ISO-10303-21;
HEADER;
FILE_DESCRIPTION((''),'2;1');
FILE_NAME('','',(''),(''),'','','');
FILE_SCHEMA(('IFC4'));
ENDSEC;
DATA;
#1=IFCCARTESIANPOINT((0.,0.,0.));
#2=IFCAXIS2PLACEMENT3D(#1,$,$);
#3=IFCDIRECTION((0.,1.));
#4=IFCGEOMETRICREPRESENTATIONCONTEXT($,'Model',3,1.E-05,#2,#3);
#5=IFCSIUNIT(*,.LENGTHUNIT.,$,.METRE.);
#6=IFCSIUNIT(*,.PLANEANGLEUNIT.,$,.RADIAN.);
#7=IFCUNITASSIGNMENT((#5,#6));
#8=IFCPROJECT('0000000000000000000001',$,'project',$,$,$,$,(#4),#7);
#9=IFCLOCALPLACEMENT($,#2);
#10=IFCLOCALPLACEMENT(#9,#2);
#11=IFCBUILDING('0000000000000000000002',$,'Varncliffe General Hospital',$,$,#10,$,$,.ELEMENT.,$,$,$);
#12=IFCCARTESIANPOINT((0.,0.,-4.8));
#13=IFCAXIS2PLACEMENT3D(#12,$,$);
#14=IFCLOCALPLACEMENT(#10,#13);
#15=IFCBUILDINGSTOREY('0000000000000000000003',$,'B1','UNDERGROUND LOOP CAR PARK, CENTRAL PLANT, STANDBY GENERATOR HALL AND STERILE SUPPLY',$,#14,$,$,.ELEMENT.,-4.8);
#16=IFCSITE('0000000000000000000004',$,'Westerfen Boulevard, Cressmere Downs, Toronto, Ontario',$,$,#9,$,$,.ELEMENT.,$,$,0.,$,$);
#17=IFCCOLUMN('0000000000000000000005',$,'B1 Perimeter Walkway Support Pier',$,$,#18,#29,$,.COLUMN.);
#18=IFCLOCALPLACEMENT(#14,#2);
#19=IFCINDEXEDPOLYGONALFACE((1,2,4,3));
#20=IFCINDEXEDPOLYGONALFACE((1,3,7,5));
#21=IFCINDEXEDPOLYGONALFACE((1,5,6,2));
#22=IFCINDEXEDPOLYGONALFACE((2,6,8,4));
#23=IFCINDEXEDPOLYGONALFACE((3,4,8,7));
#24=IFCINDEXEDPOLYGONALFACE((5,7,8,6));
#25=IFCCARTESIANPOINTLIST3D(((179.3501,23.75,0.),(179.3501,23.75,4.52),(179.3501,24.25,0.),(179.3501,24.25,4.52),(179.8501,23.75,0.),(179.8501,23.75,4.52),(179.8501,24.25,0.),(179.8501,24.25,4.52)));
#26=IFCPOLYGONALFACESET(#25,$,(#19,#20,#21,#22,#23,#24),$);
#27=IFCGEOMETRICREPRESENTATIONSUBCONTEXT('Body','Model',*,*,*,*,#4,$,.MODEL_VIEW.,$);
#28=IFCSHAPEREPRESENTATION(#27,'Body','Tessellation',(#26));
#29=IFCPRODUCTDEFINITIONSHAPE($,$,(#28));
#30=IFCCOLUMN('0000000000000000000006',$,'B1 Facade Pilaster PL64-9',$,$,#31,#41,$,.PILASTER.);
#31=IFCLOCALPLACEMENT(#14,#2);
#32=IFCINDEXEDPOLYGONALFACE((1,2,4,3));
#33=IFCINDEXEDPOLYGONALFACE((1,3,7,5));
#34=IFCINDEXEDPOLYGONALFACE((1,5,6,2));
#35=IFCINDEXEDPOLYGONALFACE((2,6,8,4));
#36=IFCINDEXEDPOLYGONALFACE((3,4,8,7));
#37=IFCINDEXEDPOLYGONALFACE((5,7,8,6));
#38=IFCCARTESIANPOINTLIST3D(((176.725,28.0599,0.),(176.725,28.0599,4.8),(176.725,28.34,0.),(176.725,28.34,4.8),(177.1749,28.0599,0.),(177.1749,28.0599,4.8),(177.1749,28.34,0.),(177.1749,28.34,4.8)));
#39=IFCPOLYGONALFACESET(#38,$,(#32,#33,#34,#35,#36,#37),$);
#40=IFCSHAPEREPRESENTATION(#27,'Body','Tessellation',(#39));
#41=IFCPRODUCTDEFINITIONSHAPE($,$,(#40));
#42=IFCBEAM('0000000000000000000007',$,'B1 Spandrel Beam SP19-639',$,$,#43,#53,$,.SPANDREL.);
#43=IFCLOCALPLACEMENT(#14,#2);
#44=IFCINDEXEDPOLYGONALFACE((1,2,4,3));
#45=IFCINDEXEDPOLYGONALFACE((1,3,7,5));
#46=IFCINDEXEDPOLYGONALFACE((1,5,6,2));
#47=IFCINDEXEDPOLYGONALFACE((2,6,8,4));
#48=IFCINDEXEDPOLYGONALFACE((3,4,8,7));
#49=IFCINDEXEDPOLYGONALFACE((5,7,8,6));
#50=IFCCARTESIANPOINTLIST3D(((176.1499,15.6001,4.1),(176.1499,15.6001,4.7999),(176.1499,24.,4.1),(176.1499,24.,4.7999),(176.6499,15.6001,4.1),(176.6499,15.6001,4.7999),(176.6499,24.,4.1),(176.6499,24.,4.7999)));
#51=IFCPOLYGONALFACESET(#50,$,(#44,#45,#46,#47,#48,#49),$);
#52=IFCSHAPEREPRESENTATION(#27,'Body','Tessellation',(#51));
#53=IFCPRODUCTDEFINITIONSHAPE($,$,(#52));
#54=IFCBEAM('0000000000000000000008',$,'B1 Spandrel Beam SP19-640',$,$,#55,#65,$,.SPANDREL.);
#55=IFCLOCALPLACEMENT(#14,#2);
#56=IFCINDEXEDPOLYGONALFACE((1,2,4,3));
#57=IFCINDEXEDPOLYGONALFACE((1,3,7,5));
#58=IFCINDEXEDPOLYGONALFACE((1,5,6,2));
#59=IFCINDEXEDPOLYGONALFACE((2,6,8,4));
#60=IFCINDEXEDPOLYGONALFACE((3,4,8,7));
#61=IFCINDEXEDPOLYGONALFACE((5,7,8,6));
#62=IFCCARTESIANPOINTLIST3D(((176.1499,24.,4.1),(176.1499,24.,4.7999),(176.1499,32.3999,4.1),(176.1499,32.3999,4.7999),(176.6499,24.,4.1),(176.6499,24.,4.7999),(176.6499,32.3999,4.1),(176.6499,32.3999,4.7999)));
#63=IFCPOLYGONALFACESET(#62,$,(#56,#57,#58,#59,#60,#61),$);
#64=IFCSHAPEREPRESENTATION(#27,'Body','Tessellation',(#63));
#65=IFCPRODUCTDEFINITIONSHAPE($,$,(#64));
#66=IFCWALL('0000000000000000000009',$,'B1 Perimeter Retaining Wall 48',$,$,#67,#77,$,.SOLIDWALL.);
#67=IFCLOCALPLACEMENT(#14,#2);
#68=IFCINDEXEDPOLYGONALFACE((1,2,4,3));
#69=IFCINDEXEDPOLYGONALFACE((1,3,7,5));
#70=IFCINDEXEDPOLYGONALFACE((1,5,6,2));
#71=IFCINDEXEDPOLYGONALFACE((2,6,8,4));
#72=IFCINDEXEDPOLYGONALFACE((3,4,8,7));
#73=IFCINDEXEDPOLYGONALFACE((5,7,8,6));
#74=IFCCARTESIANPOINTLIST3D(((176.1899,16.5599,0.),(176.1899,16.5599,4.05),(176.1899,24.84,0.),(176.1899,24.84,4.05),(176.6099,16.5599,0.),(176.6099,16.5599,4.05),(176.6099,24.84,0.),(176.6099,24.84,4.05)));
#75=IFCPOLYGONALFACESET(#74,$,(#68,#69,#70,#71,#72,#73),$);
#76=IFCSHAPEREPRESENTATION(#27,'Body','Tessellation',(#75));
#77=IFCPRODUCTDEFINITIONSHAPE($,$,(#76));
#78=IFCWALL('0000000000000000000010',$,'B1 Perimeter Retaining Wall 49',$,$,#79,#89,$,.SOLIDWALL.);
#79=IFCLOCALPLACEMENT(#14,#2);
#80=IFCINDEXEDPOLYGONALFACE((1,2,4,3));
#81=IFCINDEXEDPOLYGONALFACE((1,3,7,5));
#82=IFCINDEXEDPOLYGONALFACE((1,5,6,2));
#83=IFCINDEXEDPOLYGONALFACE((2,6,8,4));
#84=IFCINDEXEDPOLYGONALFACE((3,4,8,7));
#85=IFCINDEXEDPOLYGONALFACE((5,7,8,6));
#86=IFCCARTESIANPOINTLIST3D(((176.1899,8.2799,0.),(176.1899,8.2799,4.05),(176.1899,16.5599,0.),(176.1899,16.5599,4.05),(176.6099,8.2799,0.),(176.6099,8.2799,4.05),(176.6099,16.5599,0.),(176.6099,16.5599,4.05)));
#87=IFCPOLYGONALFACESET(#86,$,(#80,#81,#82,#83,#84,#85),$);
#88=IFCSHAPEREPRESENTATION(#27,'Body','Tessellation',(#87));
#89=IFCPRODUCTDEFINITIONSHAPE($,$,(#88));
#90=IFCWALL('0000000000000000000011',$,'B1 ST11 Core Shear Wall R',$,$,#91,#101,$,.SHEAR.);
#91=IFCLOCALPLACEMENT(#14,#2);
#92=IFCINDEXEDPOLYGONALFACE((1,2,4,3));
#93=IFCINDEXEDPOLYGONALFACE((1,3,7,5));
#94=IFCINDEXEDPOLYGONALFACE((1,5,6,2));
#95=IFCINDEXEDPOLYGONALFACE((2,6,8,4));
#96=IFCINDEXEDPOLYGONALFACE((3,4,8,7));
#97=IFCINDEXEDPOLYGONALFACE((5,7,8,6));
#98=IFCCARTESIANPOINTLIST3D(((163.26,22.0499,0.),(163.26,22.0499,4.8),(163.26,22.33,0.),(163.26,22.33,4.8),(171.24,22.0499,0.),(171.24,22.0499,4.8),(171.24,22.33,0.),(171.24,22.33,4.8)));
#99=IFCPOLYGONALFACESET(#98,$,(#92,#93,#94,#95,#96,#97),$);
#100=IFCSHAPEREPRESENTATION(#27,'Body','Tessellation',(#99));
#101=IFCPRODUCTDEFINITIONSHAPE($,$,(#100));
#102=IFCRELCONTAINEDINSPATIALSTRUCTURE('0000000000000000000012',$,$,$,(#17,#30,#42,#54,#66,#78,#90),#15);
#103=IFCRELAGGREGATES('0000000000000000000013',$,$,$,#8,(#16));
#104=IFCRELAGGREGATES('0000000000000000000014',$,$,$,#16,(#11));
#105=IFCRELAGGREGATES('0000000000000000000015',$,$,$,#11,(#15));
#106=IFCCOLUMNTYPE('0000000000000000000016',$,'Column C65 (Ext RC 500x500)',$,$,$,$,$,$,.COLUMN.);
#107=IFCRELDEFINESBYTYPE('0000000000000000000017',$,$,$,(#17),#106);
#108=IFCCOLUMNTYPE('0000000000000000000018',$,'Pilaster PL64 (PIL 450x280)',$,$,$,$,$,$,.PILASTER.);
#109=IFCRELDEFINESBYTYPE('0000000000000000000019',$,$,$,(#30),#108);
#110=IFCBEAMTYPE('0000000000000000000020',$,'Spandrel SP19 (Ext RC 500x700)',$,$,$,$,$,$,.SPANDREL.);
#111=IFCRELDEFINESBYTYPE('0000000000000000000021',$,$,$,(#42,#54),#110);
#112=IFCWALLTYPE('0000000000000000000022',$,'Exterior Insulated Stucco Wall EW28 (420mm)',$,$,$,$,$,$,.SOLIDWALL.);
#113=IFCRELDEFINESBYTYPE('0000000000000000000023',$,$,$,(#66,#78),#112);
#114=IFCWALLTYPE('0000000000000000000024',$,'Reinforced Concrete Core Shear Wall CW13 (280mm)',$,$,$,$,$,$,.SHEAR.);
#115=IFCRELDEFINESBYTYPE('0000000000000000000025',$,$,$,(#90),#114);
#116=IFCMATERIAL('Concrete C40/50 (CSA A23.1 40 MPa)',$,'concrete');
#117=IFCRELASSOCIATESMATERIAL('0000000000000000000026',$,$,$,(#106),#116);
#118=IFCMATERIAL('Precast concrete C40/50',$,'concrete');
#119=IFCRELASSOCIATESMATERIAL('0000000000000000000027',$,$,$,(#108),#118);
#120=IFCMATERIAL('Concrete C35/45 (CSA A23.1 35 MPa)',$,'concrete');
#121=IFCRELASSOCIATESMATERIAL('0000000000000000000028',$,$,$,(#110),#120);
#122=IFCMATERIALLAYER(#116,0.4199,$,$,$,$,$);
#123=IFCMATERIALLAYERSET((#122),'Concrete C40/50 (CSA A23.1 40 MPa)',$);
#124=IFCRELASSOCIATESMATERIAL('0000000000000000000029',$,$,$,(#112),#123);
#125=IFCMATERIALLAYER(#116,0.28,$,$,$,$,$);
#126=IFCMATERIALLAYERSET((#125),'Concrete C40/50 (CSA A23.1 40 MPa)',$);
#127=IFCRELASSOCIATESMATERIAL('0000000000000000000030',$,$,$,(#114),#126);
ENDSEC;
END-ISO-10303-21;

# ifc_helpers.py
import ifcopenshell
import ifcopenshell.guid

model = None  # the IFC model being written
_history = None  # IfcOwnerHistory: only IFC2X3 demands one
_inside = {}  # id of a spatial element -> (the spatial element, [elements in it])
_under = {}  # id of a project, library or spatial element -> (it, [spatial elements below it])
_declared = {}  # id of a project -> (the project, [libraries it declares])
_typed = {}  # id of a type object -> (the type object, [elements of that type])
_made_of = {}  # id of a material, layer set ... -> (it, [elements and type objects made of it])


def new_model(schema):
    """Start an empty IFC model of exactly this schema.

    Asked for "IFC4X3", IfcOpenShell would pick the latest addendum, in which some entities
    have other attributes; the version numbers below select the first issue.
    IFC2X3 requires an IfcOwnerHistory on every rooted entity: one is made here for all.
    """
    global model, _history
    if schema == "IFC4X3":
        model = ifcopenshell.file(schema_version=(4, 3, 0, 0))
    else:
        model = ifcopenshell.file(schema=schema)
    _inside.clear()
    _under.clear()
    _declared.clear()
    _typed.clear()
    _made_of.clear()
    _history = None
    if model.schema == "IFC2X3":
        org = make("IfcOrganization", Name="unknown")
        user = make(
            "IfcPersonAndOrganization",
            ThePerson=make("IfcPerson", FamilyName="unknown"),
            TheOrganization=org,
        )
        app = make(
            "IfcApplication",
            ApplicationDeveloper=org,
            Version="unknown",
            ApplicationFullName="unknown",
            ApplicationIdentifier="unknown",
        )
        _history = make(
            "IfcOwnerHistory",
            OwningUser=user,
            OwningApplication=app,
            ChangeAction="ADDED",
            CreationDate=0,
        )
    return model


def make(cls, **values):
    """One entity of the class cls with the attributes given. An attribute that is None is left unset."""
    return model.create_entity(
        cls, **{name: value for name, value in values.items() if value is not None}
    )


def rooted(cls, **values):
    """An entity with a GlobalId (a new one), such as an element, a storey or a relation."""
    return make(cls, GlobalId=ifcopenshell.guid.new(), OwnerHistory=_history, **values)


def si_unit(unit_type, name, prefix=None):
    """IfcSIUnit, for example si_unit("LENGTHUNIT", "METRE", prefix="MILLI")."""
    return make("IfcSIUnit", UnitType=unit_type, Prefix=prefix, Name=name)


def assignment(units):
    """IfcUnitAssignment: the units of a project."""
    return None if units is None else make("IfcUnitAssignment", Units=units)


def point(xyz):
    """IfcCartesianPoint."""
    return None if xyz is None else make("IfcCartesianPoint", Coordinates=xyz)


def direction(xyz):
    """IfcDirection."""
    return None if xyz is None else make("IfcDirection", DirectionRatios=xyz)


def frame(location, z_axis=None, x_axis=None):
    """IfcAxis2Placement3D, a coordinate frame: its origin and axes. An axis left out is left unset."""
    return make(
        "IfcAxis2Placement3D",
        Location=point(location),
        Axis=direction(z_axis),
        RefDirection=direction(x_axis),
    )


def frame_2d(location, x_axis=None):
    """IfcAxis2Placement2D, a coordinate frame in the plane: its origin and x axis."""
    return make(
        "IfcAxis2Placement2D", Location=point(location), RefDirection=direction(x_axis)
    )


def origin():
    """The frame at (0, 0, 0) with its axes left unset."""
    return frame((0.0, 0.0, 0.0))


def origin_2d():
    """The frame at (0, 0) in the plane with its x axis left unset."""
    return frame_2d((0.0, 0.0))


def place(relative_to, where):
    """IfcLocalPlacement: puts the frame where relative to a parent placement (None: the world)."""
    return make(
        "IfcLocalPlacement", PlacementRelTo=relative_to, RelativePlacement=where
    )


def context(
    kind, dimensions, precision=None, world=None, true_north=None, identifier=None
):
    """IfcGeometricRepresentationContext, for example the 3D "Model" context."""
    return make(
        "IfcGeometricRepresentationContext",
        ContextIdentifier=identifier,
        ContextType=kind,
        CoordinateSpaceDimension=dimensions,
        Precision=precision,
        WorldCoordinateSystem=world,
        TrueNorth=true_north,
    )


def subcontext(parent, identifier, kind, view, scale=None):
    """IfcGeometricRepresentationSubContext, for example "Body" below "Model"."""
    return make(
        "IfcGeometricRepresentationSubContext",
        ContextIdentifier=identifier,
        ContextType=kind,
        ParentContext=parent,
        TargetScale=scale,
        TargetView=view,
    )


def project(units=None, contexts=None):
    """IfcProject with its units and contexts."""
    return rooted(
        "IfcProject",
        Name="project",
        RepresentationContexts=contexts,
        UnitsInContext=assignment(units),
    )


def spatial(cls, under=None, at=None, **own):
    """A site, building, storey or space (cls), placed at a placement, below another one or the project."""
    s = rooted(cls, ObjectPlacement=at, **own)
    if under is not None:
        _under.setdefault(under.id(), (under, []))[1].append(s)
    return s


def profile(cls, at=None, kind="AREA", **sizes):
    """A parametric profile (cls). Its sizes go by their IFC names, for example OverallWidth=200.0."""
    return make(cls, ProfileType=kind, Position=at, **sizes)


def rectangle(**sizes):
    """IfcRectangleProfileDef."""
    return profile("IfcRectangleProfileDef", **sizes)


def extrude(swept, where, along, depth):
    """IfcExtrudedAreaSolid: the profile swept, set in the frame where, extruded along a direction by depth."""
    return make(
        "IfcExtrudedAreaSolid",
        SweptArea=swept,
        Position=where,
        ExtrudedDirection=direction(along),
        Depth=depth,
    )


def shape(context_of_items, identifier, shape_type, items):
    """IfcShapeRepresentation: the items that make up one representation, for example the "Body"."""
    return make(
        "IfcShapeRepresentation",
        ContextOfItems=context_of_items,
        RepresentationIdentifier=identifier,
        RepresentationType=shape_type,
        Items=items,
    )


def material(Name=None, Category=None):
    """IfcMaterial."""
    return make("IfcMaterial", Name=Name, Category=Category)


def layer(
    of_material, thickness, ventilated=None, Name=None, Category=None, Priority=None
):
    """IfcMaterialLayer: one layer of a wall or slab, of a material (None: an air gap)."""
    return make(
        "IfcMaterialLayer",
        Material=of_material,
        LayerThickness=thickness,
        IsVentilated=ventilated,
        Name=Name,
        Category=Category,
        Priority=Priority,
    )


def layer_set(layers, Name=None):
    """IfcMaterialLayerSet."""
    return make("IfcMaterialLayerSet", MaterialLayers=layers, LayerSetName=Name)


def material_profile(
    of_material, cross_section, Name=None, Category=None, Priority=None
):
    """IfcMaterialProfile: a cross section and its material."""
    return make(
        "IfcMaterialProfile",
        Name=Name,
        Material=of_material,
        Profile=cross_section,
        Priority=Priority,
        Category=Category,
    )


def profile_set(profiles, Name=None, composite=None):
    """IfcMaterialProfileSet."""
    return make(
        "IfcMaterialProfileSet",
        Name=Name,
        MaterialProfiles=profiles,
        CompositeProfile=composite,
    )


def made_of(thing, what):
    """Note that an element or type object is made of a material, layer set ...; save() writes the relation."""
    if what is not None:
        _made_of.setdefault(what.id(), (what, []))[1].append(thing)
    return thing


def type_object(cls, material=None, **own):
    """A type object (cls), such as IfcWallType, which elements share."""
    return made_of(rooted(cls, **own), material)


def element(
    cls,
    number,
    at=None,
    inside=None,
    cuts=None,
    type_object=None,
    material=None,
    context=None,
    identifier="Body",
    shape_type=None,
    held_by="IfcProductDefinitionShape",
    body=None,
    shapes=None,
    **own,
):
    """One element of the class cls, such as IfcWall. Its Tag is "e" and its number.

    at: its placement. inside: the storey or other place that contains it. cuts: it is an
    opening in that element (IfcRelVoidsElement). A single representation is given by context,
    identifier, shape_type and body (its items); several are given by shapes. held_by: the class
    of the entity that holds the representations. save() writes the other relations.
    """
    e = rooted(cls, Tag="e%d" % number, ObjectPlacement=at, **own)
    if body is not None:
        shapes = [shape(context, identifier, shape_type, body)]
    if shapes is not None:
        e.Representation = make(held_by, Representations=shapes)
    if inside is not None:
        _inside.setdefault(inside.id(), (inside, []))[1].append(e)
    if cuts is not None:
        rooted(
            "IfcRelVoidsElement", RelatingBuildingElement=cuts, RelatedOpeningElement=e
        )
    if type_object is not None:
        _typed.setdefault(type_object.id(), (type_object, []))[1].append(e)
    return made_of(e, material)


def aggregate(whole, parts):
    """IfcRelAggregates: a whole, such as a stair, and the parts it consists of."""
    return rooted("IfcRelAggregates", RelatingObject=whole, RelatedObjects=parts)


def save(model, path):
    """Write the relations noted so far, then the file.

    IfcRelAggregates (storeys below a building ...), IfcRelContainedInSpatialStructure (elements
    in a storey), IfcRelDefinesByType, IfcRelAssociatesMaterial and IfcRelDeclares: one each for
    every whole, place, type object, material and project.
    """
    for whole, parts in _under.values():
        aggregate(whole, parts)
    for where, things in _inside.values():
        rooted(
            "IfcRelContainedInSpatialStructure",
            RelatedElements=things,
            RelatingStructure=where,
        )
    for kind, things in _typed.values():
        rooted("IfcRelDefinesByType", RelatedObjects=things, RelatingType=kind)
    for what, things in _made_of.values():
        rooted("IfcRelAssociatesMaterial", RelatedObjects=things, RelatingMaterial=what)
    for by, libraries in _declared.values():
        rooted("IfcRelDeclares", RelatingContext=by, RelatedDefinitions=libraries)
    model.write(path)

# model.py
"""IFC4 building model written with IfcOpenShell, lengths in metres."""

from ifc_helpers import new_model, si_unit, direction, frame, frame_2d, origin, origin_2d, place, context, subcontext, project, spatial, rectangle, extrude, material, layer, layer_set, material_profile, profile_set, type_object, element, save


model = new_model("IFC4")

# Units and contexts
model_context = context("Model", 3, precision=1e-05, world=origin(), true_north=direction((0.0, 1.0)))
body_context = subcontext(model_context, "Body", "Model", "MODEL_VIEW")
ifc_project = project(units=[si_unit("LENGTHUNIT", "METRE"), si_unit("PLANEANGLEUNIT", "RADIAN")], contexts=[model_context])

# Site, building, storey
site_placement = place(None, origin())
site = spatial("IfcSite", under=ifc_project, at=site_placement, Name="Westerfen Boulevard, Cressmere Downs, Toronto, Ontario", CompositionType="ELEMENT", RefElevation=0.0)
building_placement = place(site_placement, origin())
building = spatial("IfcBuilding", under=site, at=building_placement, Name="Varncliffe General Hospital", CompositionType="ELEMENT")
storey_placement = place(building_placement, frame((0.0, 0.0, -4.8)))
storey = spatial("IfcBuildingStorey", under=building, at=storey_placement, Name="B1", Description="UNDERGROUND LOOP CAR PARK, CENTRAL PLANT, STANDBY GENERATOR HALL AND STERILE SUPPLY", CompositionType="ELEMENT", Elevation=-4.8)

# Shared definitions
ifc_material_1 = material(Name="Concrete C40/50 (CSA A23.1 40 MPa)", Category="concrete")

# Columns
ifc_material_profile_1 = material_profile(ifc_material_1, rectangle(XDim=0.5, YDim=0.5, at=origin_2d()), Name="RC 500x500")
ifc_profile_set_1 = profile_set([ifc_material_profile_1], Name="Concrete C40/50 (CSA A23.1 40 MPa)")
column_type_1 = type_object("IfcColumnType", Name="Column C65 (Ext RC 500x500)", PredefinedType="COLUMN", material=ifc_profile_set_1)
column_1_placement = place(storey_placement, frame((179.6001, 24.0, 0.0), z_axis=(0.0, 0.0, 1.0), x_axis=(1.0, 0.0, 0.0)))
element("IfcColumn", 1, at=column_1_placement, inside=storey, type_object=column_type_1, Name="B1 Perimeter Walkway Support Pier", PredefinedType="COLUMN", context=body_context, shape_type="SweptSolid", body=[
    extrude(rectangle(XDim=0.5, YDim=0.5, at=origin_2d()), origin(), (0.0, 0.0, 1.0), 4.52),
])
ifc_material_2 = material(Name="Precast concrete C40/50", Category="concrete")
ifc_material_profile_2 = material_profile(ifc_material_2, rectangle(XDim=0.45, YDim=0.28, at=origin_2d()), Name="PIL 450x280")
ifc_profile_set_2 = profile_set([ifc_material_profile_2], Name="Precast concrete C40/50")
column_type_2 = type_object("IfcColumnType", Name="Pilaster PL64 (PIL 450x280)", PredefinedType="PILASTER", material=ifc_profile_set_2)
column_2_placement = place(storey_placement, frame((176.95, 28.2, 0.0), z_axis=(0.0, 0.0, 1.0), x_axis=(1.0, 0.0, 0.0)))
element("IfcColumn", 2, at=column_2_placement, inside=storey, type_object=column_type_2, Name="B1 Facade Pilaster PL64-9", PredefinedType="PILASTER", context=body_context, shape_type="SweptSolid", body=[
    extrude(rectangle(XDim=0.45, YDim=0.28, at=origin_2d()), origin(), (0.0, 0.0, 1.0), 4.8),
])

# Beams
ifc_material_3 = material(Name="Concrete C35/45 (CSA A23.1 35 MPa)", Category="concrete")
ifc_material_profile_3 = material_profile(ifc_material_3, rectangle(XDim=0.5, YDim=0.7, at=origin_2d()), Name="RC 500x700")
ifc_profile_set_3 = profile_set([ifc_material_profile_3], Name="Concrete C35/45 (CSA A23.1 35 MPa)")
beam_type = type_object("IfcBeamType", Name="Spandrel SP19 (Ext RC 500x700)", PredefinedType="SPANDREL", material=ifc_profile_set_3)
for number, where, z_axis, x_axis, name in (
    (3, (176.3999, 15.6001, 4.45), (0.0, 1.0, 0.0), (-1.0, 0.0, 0.0), "B1 Spandrel Beam SP19-639"),
    (4, (176.3999, 24.0, 4.45), (0.0, 1.0, 0.0), (-1.0, 0.0, 0.0), "B1 Spandrel Beam SP19-640"),
):
    element("IfcBeam", number, at=place(storey_placement, frame(where, z_axis=z_axis, x_axis=x_axis)), inside=storey, type_object=beam_type, Name=name, PredefinedType="SPANDREL", context=body_context, shape_type="SweptSolid", body=[
        extrude(rectangle(XDim=0.5, YDim=0.7, at=origin_2d()), origin(), (0.0, 0.0, 1.0), 8.3999),
    ])

# Walls
ifc_layer_1 = layer(ifc_material_1, 0.4199)
ifc_layer_set_1 = layer_set([ifc_layer_1], Name="Concrete C40/50 (CSA A23.1 40 MPa)")
wall_type_1 = type_object("IfcWallType", Name="Exterior Insulated Stucco Wall EW28 (420mm)", PredefinedType="SOLIDWALL", material=ifc_layer_set_1)
for number, where, z_axis, x_axis, name in (
    (5, (176.3999, 24.8401, 0.0), (0.0, 0.0, 1.0), (0.0, -1.0, 0.0), "B1 Perimeter Retaining Wall 48"),
    (6, (176.3999, 16.5601, 0.0), (0.0, 0.0, 1.0), (0.0, -1.0, 0.0), "B1 Perimeter Retaining Wall 49"),
):
    element("IfcWall", number, at=place(storey_placement, frame(where, z_axis=z_axis, x_axis=x_axis)), inside=storey, type_object=wall_type_1, Name=name, PredefinedType="SOLIDWALL", context=body_context, shape_type="SweptSolid", body=[
        extrude(rectangle(XDim=8.28, YDim=0.4199, at=frame_2d((4.1401, 0.0))), origin(), (0.0, 0.0, 1.0), 4.05),
    ])
ifc_layer_2 = layer(ifc_material_1, 0.28)
ifc_layer_set_2 = layer_set([ifc_layer_2], Name="Concrete C40/50 (CSA A23.1 40 MPa)")
wall_type_2 = type_object("IfcWallType", Name="Reinforced Concrete Core Shear Wall CW13 (280mm)", PredefinedType="SHEAR", material=ifc_layer_set_2)
wall_placement = place(storey_placement, frame((171.24, 22.1899, 0.0), z_axis=(0.0, 0.0, 1.0), x_axis=(-1.0, 0.0, 0.0)))
element("IfcWall", 7, at=wall_placement, inside=storey, type_object=wall_type_2, Name="B1 ST11 Core Shear Wall R", PredefinedType="SHEAR", context=body_context, shape_type="SweptSolid", body=[
    extrude(rectangle(XDim=7.98, YDim=0.28, at=frame_2d((3.99, 0.0))), origin(), (0.0, 0.0, 1.0), 4.8),
])

save(model, "model.ifc")
